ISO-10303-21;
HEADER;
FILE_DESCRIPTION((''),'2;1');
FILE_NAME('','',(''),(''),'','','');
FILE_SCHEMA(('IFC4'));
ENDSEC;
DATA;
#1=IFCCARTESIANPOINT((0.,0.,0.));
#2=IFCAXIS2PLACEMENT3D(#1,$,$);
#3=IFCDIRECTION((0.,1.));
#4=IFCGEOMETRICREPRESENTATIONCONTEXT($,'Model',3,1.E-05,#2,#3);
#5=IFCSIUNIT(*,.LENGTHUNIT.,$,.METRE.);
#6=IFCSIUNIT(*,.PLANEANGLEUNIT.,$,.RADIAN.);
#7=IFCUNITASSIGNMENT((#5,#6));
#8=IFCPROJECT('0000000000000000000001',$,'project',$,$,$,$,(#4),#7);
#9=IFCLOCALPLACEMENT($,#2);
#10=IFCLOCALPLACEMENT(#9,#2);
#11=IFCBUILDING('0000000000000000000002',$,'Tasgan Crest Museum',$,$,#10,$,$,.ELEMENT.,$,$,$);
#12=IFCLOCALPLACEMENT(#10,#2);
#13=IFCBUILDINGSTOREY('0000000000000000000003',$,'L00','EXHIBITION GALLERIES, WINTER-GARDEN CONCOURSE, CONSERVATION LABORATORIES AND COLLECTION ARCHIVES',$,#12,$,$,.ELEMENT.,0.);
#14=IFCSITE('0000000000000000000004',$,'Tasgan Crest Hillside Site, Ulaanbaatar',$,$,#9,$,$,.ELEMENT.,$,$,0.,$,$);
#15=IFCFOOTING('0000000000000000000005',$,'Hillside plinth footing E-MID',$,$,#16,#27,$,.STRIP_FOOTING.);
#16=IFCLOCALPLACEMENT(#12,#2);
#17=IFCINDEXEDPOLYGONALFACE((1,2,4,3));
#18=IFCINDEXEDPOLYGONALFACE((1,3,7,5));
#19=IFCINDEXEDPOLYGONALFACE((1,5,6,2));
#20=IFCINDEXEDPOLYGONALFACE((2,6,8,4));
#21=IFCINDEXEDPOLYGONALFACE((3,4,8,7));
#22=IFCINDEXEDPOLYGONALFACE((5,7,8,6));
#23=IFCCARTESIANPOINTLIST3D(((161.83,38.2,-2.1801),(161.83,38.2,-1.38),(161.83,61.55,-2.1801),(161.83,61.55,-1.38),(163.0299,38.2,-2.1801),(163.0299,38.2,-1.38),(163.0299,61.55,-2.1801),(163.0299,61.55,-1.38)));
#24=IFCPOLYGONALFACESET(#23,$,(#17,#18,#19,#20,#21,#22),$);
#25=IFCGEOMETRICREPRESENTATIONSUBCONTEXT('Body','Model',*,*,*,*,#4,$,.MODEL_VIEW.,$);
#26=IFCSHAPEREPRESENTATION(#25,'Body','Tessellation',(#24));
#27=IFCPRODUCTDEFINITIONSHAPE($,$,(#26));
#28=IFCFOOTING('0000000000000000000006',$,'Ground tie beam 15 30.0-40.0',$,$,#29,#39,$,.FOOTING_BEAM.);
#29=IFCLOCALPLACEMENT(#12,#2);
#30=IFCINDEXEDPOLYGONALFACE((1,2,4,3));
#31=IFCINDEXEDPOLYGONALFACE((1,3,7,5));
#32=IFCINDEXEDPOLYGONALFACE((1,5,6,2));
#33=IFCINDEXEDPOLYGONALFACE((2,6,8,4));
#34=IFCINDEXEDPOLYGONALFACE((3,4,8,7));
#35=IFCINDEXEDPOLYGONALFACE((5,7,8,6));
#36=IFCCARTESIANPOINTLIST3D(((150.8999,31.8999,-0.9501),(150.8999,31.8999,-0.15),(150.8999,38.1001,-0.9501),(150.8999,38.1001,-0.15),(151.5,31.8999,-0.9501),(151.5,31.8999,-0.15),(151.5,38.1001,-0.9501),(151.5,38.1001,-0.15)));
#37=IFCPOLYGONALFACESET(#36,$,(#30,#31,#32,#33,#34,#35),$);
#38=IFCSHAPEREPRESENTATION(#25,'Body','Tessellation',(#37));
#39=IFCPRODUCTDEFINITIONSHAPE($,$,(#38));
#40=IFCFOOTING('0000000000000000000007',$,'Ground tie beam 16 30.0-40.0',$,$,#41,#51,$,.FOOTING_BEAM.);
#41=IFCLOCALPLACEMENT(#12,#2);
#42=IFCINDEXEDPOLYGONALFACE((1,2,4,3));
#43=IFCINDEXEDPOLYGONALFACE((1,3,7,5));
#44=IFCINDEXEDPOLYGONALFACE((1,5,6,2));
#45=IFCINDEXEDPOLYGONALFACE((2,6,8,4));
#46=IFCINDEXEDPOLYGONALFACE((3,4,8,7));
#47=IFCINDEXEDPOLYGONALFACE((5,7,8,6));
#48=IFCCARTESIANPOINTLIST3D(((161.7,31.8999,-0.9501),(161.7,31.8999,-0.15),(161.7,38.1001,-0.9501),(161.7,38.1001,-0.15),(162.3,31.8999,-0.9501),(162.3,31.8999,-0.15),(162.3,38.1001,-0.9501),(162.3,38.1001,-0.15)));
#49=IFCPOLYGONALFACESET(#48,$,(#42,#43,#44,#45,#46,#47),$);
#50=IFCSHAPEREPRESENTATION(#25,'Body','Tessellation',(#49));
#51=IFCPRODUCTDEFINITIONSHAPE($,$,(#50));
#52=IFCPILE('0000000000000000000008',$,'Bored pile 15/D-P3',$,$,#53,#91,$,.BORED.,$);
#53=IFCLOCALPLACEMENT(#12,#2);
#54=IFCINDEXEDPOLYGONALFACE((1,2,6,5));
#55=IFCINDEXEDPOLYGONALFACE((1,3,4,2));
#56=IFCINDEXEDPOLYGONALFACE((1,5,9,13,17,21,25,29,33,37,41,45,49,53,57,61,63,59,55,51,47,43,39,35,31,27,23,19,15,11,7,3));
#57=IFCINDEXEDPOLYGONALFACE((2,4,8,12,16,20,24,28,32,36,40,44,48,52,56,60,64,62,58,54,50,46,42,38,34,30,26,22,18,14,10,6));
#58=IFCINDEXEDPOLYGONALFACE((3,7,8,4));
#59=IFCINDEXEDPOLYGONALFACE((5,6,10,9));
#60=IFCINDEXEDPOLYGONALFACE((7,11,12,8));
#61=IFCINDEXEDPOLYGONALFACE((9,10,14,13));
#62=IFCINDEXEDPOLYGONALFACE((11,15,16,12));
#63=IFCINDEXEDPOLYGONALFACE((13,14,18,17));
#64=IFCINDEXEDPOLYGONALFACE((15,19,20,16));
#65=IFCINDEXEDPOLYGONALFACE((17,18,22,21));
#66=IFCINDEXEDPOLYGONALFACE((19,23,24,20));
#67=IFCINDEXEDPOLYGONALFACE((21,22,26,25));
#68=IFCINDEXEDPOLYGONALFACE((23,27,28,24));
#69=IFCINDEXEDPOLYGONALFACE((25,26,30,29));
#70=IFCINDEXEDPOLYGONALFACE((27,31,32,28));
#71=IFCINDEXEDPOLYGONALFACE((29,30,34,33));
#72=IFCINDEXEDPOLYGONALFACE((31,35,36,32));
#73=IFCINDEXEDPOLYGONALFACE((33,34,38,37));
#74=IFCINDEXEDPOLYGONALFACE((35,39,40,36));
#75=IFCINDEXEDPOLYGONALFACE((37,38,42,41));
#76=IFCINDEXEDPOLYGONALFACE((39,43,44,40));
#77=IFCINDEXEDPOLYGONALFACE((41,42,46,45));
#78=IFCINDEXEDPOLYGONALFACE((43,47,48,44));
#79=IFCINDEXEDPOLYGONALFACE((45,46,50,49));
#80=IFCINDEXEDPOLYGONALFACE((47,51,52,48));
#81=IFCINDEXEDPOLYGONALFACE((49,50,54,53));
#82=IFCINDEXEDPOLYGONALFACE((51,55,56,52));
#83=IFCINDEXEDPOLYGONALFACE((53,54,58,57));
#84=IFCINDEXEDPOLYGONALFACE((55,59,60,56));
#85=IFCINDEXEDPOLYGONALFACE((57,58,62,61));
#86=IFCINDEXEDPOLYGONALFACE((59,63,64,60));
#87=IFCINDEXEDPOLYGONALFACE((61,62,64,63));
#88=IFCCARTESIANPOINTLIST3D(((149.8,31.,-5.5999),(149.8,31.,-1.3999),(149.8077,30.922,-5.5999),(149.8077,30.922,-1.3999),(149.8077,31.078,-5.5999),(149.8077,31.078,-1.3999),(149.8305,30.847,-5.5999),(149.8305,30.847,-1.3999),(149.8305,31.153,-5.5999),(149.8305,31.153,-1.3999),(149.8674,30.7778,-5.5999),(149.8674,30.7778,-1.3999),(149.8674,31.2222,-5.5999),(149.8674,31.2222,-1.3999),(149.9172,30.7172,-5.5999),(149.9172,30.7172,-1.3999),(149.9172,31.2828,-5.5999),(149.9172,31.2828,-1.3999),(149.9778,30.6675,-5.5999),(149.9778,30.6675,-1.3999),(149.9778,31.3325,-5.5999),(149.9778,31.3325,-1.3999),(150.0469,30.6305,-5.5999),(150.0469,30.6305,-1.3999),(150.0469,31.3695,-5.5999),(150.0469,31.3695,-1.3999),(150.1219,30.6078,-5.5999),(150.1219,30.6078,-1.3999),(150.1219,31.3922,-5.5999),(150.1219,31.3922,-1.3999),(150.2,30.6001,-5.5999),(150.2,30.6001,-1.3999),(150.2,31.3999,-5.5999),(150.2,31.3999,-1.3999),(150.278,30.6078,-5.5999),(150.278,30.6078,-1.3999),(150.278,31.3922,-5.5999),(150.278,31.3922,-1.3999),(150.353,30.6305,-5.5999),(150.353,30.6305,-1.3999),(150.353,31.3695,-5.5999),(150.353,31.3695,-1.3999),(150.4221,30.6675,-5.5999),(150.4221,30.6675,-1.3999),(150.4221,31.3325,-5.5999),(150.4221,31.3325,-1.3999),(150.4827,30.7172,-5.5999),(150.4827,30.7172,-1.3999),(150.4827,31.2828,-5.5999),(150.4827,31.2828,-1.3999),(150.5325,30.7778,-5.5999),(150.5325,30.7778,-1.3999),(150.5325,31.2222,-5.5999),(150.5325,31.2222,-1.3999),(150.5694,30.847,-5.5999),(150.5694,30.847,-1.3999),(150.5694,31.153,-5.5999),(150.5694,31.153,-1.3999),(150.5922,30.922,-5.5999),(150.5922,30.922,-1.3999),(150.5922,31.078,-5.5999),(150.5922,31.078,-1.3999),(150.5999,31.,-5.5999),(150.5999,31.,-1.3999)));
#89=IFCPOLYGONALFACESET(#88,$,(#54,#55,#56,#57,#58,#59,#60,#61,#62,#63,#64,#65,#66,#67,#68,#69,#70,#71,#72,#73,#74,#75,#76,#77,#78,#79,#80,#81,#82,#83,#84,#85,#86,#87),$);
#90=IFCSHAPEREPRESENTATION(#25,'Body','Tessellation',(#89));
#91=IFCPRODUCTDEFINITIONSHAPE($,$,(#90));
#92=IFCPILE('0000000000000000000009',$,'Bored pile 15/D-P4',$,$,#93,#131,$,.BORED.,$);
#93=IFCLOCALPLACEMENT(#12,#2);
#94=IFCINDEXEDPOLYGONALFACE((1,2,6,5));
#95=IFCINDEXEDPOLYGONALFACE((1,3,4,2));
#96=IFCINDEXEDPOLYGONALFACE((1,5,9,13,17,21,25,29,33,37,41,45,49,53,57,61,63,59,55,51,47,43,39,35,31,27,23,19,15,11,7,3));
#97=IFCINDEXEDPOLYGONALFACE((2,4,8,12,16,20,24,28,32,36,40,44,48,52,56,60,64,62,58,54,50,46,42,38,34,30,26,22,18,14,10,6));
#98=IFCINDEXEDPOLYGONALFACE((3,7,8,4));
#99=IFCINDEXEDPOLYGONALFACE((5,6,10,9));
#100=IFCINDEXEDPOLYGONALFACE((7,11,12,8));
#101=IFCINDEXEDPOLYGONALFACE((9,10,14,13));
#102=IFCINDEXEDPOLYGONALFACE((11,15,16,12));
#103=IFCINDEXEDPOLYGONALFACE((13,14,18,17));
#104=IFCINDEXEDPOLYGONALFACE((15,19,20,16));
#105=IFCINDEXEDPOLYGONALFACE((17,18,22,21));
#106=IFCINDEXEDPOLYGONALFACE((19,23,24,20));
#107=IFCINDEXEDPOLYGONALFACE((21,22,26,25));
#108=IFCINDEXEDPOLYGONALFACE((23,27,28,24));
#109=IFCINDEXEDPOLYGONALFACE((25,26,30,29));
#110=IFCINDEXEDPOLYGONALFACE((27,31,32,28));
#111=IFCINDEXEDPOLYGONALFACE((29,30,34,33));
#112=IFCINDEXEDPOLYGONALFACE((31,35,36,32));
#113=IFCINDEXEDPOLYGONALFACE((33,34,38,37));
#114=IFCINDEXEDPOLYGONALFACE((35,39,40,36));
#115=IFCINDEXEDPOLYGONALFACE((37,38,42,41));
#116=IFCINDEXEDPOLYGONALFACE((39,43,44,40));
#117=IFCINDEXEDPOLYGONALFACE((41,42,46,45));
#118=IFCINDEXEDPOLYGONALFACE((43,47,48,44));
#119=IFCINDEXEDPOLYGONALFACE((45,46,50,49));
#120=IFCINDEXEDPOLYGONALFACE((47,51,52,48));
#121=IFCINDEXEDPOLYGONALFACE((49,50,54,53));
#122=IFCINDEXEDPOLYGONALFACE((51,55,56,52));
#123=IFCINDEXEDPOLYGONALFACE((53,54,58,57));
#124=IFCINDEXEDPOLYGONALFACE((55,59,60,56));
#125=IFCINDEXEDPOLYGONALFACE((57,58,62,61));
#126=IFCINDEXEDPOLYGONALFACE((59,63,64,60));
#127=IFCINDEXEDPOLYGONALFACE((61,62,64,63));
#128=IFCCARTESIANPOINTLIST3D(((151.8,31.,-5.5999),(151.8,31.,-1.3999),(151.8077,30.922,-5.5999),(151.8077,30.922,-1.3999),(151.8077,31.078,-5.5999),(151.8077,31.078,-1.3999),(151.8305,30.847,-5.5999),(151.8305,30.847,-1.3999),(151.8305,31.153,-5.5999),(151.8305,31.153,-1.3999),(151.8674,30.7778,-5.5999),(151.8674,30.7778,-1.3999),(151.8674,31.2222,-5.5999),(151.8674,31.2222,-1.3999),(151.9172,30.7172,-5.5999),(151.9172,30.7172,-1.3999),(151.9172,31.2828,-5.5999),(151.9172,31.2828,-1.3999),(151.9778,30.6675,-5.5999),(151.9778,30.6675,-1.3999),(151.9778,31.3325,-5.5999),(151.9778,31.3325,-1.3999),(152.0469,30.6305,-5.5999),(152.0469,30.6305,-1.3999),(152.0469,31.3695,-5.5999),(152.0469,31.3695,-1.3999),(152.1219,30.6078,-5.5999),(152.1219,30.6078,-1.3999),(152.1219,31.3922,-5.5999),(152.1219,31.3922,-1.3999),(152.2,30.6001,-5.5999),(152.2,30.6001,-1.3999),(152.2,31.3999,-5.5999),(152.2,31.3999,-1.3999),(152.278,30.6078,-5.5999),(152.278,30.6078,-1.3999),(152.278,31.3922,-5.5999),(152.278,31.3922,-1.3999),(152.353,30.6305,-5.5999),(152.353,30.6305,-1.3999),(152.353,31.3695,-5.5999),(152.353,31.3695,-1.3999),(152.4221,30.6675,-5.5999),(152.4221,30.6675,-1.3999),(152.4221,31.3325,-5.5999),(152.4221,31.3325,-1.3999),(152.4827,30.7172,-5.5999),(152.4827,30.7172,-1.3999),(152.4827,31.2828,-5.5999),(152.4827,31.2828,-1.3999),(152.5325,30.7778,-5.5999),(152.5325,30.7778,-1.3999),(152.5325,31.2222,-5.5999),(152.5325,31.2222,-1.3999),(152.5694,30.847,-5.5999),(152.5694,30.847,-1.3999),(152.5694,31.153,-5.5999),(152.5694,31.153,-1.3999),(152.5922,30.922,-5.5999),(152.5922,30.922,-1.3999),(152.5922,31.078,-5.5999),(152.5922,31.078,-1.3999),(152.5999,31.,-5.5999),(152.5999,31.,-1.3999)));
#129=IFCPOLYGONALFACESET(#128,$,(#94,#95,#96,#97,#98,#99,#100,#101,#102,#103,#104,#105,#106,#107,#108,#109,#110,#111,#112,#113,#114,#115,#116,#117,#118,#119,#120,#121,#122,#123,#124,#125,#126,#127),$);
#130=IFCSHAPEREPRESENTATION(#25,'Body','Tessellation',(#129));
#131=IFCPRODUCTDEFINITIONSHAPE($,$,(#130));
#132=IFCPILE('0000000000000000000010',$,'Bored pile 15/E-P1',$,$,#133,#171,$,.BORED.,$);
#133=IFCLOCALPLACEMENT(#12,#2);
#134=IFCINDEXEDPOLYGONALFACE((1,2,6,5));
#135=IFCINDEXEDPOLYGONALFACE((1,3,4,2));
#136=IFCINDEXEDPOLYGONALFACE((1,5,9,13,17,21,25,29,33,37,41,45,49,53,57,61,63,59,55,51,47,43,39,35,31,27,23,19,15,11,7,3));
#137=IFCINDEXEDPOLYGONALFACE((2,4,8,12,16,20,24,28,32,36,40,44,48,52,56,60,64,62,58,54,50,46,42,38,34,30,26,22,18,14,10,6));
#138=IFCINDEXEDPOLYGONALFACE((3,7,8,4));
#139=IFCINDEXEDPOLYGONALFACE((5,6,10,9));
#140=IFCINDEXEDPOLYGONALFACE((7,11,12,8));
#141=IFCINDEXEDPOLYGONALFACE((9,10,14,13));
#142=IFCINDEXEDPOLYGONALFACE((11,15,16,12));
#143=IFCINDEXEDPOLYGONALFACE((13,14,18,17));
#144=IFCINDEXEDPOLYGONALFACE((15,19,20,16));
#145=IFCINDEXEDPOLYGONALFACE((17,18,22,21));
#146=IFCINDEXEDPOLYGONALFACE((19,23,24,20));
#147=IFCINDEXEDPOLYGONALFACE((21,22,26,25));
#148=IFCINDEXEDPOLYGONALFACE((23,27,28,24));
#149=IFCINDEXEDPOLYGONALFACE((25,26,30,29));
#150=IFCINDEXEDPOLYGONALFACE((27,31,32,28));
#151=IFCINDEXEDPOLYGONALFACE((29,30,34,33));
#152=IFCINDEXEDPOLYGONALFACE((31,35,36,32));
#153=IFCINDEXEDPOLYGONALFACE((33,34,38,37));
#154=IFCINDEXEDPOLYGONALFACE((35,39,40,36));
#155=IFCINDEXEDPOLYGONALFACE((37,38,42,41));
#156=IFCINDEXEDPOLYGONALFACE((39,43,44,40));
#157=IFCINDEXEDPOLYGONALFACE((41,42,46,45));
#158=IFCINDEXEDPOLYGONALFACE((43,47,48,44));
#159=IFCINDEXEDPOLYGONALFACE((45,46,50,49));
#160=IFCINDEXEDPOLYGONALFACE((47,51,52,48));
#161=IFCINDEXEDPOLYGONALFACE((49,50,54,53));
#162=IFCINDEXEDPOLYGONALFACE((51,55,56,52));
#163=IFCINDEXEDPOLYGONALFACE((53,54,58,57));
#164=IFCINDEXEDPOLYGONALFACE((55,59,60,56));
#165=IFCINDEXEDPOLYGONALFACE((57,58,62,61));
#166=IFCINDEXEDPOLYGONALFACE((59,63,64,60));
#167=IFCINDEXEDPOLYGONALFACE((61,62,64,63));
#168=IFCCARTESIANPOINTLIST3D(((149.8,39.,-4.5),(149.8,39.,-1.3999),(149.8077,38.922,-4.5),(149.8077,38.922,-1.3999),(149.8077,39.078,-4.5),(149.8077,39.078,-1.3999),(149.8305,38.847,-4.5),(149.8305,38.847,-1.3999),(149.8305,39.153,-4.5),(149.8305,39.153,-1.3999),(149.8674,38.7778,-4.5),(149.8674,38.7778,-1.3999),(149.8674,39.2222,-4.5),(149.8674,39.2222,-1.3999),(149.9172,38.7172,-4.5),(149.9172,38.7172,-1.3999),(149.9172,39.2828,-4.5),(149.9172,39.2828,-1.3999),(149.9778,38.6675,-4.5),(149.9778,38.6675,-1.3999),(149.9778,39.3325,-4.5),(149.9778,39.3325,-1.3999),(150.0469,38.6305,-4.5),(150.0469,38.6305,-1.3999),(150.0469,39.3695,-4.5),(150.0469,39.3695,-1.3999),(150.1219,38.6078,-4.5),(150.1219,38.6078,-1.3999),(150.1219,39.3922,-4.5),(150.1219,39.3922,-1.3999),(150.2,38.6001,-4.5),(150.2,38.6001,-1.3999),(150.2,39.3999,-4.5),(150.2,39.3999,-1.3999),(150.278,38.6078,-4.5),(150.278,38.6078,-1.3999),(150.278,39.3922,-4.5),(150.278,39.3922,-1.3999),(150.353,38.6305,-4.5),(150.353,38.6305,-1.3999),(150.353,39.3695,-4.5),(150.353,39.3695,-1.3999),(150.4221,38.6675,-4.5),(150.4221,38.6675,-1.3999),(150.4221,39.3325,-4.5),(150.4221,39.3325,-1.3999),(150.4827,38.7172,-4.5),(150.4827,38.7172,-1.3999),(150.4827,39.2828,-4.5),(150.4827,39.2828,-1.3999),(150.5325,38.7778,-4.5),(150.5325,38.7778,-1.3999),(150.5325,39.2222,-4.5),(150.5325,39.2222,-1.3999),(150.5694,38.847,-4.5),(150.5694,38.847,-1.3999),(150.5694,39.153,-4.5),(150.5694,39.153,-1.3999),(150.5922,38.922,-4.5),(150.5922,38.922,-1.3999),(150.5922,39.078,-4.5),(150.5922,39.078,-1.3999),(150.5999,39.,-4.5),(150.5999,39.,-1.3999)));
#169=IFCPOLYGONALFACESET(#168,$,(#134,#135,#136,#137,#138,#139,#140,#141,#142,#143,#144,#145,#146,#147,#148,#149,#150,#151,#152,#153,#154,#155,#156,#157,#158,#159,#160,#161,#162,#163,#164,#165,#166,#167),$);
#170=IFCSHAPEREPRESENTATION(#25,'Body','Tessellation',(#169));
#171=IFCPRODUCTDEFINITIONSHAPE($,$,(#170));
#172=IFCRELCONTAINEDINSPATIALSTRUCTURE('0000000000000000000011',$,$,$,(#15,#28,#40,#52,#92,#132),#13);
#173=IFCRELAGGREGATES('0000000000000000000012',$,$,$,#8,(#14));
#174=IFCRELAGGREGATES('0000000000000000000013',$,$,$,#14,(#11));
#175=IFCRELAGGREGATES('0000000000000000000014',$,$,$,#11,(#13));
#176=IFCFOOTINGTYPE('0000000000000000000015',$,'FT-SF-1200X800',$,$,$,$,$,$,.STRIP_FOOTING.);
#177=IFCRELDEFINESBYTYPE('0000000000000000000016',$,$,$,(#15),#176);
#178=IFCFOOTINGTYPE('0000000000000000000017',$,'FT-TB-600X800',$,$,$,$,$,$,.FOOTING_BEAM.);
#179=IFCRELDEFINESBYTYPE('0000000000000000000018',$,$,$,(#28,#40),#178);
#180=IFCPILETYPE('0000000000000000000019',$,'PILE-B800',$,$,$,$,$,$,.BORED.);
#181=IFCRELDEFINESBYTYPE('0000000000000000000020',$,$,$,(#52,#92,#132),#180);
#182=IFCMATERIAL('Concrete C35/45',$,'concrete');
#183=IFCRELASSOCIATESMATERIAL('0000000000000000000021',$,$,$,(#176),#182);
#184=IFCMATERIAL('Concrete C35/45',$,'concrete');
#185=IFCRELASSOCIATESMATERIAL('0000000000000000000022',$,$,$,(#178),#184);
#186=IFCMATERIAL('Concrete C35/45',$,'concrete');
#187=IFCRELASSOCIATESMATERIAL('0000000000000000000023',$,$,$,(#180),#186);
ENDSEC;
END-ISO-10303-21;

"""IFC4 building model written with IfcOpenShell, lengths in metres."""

from ifc_helpers import new_model, si_unit, direction, frame, origin, origin_2d, place, context, subcontext, project, spatial, rectangle, circle, extrude, material, material_profile, profile_set, type_object, element, save


model = new_model("IFC4")

# Units and contexts
model_context = context("Model", 3, precision=1e-05, world=origin(), true_north=direction((0.0, 1.0)))
body_context = subcontext(model_context, "Body", "Model", "MODEL_VIEW")
ifc_project = project(units=[si_unit("LENGTHUNIT", "METRE"), si_unit("PLANEANGLEUNIT", "RADIAN")], contexts=[model_context])

# Site, building, storey
site_placement = place(None, origin())
site = spatial("IfcSite", under=ifc_project, at=site_placement, Name="Tasgan Crest Hillside Site, Ulaanbaatar", CompositionType="ELEMENT", RefElevation=0.0)
building_placement = place(site_placement, origin())
building = spatial("IfcBuilding", under=site, at=building_placement, Name="Tasgan Crest Museum", CompositionType="ELEMENT")
storey_placement = place(building_placement, origin())
storey = spatial("IfcBuildingStorey", under=building, at=storey_placement, Name="L00", Description="EXHIBITION GALLERIES, WINTER-GARDEN CONCOURSE, CONSERVATION LABORATORIES AND COLLECTION ARCHIVES", CompositionType="ELEMENT", Elevation=0.0)

# Footings
ifc_material_1 = material(Name="Concrete C35/45", Category="concrete")
ifc_material_profile_1 = material_profile(ifc_material_1, rectangle(XDim=1.2, YDim=0.8, at=origin_2d()), Name="SF 1200x800")
ifc_profile_set_1 = profile_set([ifc_material_profile_1], Name="Concrete C35/45")
footing_type_1 = type_object("IfcFootingType", Name="FT-SF-1200X800", PredefinedType="STRIP_FOOTING", material=ifc_profile_set_1)
footing_placement = place(storey_placement, frame((162.4299, 38.2, -1.78), z_axis=(0.0, 1.0, 0.0), x_axis=(-1.0, 0.0, 0.0)))
element("IfcFooting", 1, at=footing_placement, inside=storey, type_object=footing_type_1, Name="Hillside plinth footing E-MID", PredefinedType="STRIP_FOOTING", context=body_context, shape_type="SweptSolid", body=[
    extrude(rectangle(XDim=1.2, YDim=0.8, at=origin_2d()), origin(), (0.0, 0.0, 1.0), 23.3501),
])
ifc_material_2 = material(Name="Concrete C35/45", Category="concrete")
ifc_material_profile_2 = material_profile(ifc_material_2, rectangle(XDim=0.6001, YDim=0.8, at=origin_2d()), Name="TB 600x800")
ifc_profile_set_2 = profile_set([ifc_material_profile_2], Name="Concrete C35/45")
footing_type_2 = type_object("IfcFootingType", Name="FT-TB-600X800", PredefinedType="FOOTING_BEAM", material=ifc_profile_set_2)
for number, where, z_axis, x_axis, name in (
    (2, (151.2, 31.8999, -0.55), (0.0, 1.0, 0.0), (-1.0, 0.0, 0.0), "Ground tie beam 15 30.0-40.0"),
    (3, (162.0, 31.8999, -0.55), (0.0, 1.0, 0.0), (-1.0, 0.0, 0.0), "Ground tie beam 16 30.0-40.0"),
):
    element("IfcFooting", number, at=place(storey_placement, frame(where, z_axis=z_axis, x_axis=x_axis)), inside=storey, type_object=footing_type_2, Name=name, PredefinedType="FOOTING_BEAM", context=body_context, shape_type="SweptSolid", body=[
        extrude(rectangle(XDim=0.6001, YDim=0.8, at=origin_2d()), origin(), (0.0, 0.0, 1.0), 6.2002),
    ])

# Piles
ifc_material_3 = material(Name="Concrete C35/45", Category="concrete")
ifc_material_profile_3 = material_profile(ifc_material_3, circle(Radius=0.3999, at=origin_2d()), Name="PILE D800")
ifc_profile_set_3 = profile_set([ifc_material_profile_3], Name="Concrete C35/45")
pile_type = type_object("IfcPileType", Name="PILE-B800", PredefinedType="BORED", material=ifc_profile_set_3)
for number, where, z_axis, x_axis, name in (
    (4, (150.2, 31.0, -1.3999), (0.0, 0.0, -1.0), (1.0, 0.0, 0.0), "Bored pile 15/D-P3"),
    (5, (152.2, 31.0, -1.3999), (0.0, 0.0, -1.0), (1.0, 0.0, 0.0), "Bored pile 15/D-P4"),
):
    element("IfcPile", number, at=place(storey_placement, frame(where, z_axis=z_axis, x_axis=x_axis)), inside=storey, type_object=pile_type, Name=name, PredefinedType="BORED", context=body_context, shape_type="SweptSolid", body=[
        extrude(circle(Radius=0.3999, at=origin_2d()), origin(), (0.0, 0.0, 1.0), 4.2),
    ])
for number, where, z_axis, x_axis, name in (
    (6, (150.2, 39.0, -1.3999), (0.0, 0.0, -1.0), (1.0, 0.0, 0.0), "Bored pile 15/E-P1"),
):
    element("IfcPile", number, at=place(storey_placement, frame(where, z_axis=z_axis, x_axis=x_axis)), inside=storey, type_object=pile_type, Name=name, PredefinedType="BORED", context=body_context, shape_type="SweptSolid", body=[
        extrude(circle(Radius=0.3999, at=origin_2d()), origin(), (0.0, 0.0, 1.0), 3.1001),
    ])

save(model, "model.ifc")
